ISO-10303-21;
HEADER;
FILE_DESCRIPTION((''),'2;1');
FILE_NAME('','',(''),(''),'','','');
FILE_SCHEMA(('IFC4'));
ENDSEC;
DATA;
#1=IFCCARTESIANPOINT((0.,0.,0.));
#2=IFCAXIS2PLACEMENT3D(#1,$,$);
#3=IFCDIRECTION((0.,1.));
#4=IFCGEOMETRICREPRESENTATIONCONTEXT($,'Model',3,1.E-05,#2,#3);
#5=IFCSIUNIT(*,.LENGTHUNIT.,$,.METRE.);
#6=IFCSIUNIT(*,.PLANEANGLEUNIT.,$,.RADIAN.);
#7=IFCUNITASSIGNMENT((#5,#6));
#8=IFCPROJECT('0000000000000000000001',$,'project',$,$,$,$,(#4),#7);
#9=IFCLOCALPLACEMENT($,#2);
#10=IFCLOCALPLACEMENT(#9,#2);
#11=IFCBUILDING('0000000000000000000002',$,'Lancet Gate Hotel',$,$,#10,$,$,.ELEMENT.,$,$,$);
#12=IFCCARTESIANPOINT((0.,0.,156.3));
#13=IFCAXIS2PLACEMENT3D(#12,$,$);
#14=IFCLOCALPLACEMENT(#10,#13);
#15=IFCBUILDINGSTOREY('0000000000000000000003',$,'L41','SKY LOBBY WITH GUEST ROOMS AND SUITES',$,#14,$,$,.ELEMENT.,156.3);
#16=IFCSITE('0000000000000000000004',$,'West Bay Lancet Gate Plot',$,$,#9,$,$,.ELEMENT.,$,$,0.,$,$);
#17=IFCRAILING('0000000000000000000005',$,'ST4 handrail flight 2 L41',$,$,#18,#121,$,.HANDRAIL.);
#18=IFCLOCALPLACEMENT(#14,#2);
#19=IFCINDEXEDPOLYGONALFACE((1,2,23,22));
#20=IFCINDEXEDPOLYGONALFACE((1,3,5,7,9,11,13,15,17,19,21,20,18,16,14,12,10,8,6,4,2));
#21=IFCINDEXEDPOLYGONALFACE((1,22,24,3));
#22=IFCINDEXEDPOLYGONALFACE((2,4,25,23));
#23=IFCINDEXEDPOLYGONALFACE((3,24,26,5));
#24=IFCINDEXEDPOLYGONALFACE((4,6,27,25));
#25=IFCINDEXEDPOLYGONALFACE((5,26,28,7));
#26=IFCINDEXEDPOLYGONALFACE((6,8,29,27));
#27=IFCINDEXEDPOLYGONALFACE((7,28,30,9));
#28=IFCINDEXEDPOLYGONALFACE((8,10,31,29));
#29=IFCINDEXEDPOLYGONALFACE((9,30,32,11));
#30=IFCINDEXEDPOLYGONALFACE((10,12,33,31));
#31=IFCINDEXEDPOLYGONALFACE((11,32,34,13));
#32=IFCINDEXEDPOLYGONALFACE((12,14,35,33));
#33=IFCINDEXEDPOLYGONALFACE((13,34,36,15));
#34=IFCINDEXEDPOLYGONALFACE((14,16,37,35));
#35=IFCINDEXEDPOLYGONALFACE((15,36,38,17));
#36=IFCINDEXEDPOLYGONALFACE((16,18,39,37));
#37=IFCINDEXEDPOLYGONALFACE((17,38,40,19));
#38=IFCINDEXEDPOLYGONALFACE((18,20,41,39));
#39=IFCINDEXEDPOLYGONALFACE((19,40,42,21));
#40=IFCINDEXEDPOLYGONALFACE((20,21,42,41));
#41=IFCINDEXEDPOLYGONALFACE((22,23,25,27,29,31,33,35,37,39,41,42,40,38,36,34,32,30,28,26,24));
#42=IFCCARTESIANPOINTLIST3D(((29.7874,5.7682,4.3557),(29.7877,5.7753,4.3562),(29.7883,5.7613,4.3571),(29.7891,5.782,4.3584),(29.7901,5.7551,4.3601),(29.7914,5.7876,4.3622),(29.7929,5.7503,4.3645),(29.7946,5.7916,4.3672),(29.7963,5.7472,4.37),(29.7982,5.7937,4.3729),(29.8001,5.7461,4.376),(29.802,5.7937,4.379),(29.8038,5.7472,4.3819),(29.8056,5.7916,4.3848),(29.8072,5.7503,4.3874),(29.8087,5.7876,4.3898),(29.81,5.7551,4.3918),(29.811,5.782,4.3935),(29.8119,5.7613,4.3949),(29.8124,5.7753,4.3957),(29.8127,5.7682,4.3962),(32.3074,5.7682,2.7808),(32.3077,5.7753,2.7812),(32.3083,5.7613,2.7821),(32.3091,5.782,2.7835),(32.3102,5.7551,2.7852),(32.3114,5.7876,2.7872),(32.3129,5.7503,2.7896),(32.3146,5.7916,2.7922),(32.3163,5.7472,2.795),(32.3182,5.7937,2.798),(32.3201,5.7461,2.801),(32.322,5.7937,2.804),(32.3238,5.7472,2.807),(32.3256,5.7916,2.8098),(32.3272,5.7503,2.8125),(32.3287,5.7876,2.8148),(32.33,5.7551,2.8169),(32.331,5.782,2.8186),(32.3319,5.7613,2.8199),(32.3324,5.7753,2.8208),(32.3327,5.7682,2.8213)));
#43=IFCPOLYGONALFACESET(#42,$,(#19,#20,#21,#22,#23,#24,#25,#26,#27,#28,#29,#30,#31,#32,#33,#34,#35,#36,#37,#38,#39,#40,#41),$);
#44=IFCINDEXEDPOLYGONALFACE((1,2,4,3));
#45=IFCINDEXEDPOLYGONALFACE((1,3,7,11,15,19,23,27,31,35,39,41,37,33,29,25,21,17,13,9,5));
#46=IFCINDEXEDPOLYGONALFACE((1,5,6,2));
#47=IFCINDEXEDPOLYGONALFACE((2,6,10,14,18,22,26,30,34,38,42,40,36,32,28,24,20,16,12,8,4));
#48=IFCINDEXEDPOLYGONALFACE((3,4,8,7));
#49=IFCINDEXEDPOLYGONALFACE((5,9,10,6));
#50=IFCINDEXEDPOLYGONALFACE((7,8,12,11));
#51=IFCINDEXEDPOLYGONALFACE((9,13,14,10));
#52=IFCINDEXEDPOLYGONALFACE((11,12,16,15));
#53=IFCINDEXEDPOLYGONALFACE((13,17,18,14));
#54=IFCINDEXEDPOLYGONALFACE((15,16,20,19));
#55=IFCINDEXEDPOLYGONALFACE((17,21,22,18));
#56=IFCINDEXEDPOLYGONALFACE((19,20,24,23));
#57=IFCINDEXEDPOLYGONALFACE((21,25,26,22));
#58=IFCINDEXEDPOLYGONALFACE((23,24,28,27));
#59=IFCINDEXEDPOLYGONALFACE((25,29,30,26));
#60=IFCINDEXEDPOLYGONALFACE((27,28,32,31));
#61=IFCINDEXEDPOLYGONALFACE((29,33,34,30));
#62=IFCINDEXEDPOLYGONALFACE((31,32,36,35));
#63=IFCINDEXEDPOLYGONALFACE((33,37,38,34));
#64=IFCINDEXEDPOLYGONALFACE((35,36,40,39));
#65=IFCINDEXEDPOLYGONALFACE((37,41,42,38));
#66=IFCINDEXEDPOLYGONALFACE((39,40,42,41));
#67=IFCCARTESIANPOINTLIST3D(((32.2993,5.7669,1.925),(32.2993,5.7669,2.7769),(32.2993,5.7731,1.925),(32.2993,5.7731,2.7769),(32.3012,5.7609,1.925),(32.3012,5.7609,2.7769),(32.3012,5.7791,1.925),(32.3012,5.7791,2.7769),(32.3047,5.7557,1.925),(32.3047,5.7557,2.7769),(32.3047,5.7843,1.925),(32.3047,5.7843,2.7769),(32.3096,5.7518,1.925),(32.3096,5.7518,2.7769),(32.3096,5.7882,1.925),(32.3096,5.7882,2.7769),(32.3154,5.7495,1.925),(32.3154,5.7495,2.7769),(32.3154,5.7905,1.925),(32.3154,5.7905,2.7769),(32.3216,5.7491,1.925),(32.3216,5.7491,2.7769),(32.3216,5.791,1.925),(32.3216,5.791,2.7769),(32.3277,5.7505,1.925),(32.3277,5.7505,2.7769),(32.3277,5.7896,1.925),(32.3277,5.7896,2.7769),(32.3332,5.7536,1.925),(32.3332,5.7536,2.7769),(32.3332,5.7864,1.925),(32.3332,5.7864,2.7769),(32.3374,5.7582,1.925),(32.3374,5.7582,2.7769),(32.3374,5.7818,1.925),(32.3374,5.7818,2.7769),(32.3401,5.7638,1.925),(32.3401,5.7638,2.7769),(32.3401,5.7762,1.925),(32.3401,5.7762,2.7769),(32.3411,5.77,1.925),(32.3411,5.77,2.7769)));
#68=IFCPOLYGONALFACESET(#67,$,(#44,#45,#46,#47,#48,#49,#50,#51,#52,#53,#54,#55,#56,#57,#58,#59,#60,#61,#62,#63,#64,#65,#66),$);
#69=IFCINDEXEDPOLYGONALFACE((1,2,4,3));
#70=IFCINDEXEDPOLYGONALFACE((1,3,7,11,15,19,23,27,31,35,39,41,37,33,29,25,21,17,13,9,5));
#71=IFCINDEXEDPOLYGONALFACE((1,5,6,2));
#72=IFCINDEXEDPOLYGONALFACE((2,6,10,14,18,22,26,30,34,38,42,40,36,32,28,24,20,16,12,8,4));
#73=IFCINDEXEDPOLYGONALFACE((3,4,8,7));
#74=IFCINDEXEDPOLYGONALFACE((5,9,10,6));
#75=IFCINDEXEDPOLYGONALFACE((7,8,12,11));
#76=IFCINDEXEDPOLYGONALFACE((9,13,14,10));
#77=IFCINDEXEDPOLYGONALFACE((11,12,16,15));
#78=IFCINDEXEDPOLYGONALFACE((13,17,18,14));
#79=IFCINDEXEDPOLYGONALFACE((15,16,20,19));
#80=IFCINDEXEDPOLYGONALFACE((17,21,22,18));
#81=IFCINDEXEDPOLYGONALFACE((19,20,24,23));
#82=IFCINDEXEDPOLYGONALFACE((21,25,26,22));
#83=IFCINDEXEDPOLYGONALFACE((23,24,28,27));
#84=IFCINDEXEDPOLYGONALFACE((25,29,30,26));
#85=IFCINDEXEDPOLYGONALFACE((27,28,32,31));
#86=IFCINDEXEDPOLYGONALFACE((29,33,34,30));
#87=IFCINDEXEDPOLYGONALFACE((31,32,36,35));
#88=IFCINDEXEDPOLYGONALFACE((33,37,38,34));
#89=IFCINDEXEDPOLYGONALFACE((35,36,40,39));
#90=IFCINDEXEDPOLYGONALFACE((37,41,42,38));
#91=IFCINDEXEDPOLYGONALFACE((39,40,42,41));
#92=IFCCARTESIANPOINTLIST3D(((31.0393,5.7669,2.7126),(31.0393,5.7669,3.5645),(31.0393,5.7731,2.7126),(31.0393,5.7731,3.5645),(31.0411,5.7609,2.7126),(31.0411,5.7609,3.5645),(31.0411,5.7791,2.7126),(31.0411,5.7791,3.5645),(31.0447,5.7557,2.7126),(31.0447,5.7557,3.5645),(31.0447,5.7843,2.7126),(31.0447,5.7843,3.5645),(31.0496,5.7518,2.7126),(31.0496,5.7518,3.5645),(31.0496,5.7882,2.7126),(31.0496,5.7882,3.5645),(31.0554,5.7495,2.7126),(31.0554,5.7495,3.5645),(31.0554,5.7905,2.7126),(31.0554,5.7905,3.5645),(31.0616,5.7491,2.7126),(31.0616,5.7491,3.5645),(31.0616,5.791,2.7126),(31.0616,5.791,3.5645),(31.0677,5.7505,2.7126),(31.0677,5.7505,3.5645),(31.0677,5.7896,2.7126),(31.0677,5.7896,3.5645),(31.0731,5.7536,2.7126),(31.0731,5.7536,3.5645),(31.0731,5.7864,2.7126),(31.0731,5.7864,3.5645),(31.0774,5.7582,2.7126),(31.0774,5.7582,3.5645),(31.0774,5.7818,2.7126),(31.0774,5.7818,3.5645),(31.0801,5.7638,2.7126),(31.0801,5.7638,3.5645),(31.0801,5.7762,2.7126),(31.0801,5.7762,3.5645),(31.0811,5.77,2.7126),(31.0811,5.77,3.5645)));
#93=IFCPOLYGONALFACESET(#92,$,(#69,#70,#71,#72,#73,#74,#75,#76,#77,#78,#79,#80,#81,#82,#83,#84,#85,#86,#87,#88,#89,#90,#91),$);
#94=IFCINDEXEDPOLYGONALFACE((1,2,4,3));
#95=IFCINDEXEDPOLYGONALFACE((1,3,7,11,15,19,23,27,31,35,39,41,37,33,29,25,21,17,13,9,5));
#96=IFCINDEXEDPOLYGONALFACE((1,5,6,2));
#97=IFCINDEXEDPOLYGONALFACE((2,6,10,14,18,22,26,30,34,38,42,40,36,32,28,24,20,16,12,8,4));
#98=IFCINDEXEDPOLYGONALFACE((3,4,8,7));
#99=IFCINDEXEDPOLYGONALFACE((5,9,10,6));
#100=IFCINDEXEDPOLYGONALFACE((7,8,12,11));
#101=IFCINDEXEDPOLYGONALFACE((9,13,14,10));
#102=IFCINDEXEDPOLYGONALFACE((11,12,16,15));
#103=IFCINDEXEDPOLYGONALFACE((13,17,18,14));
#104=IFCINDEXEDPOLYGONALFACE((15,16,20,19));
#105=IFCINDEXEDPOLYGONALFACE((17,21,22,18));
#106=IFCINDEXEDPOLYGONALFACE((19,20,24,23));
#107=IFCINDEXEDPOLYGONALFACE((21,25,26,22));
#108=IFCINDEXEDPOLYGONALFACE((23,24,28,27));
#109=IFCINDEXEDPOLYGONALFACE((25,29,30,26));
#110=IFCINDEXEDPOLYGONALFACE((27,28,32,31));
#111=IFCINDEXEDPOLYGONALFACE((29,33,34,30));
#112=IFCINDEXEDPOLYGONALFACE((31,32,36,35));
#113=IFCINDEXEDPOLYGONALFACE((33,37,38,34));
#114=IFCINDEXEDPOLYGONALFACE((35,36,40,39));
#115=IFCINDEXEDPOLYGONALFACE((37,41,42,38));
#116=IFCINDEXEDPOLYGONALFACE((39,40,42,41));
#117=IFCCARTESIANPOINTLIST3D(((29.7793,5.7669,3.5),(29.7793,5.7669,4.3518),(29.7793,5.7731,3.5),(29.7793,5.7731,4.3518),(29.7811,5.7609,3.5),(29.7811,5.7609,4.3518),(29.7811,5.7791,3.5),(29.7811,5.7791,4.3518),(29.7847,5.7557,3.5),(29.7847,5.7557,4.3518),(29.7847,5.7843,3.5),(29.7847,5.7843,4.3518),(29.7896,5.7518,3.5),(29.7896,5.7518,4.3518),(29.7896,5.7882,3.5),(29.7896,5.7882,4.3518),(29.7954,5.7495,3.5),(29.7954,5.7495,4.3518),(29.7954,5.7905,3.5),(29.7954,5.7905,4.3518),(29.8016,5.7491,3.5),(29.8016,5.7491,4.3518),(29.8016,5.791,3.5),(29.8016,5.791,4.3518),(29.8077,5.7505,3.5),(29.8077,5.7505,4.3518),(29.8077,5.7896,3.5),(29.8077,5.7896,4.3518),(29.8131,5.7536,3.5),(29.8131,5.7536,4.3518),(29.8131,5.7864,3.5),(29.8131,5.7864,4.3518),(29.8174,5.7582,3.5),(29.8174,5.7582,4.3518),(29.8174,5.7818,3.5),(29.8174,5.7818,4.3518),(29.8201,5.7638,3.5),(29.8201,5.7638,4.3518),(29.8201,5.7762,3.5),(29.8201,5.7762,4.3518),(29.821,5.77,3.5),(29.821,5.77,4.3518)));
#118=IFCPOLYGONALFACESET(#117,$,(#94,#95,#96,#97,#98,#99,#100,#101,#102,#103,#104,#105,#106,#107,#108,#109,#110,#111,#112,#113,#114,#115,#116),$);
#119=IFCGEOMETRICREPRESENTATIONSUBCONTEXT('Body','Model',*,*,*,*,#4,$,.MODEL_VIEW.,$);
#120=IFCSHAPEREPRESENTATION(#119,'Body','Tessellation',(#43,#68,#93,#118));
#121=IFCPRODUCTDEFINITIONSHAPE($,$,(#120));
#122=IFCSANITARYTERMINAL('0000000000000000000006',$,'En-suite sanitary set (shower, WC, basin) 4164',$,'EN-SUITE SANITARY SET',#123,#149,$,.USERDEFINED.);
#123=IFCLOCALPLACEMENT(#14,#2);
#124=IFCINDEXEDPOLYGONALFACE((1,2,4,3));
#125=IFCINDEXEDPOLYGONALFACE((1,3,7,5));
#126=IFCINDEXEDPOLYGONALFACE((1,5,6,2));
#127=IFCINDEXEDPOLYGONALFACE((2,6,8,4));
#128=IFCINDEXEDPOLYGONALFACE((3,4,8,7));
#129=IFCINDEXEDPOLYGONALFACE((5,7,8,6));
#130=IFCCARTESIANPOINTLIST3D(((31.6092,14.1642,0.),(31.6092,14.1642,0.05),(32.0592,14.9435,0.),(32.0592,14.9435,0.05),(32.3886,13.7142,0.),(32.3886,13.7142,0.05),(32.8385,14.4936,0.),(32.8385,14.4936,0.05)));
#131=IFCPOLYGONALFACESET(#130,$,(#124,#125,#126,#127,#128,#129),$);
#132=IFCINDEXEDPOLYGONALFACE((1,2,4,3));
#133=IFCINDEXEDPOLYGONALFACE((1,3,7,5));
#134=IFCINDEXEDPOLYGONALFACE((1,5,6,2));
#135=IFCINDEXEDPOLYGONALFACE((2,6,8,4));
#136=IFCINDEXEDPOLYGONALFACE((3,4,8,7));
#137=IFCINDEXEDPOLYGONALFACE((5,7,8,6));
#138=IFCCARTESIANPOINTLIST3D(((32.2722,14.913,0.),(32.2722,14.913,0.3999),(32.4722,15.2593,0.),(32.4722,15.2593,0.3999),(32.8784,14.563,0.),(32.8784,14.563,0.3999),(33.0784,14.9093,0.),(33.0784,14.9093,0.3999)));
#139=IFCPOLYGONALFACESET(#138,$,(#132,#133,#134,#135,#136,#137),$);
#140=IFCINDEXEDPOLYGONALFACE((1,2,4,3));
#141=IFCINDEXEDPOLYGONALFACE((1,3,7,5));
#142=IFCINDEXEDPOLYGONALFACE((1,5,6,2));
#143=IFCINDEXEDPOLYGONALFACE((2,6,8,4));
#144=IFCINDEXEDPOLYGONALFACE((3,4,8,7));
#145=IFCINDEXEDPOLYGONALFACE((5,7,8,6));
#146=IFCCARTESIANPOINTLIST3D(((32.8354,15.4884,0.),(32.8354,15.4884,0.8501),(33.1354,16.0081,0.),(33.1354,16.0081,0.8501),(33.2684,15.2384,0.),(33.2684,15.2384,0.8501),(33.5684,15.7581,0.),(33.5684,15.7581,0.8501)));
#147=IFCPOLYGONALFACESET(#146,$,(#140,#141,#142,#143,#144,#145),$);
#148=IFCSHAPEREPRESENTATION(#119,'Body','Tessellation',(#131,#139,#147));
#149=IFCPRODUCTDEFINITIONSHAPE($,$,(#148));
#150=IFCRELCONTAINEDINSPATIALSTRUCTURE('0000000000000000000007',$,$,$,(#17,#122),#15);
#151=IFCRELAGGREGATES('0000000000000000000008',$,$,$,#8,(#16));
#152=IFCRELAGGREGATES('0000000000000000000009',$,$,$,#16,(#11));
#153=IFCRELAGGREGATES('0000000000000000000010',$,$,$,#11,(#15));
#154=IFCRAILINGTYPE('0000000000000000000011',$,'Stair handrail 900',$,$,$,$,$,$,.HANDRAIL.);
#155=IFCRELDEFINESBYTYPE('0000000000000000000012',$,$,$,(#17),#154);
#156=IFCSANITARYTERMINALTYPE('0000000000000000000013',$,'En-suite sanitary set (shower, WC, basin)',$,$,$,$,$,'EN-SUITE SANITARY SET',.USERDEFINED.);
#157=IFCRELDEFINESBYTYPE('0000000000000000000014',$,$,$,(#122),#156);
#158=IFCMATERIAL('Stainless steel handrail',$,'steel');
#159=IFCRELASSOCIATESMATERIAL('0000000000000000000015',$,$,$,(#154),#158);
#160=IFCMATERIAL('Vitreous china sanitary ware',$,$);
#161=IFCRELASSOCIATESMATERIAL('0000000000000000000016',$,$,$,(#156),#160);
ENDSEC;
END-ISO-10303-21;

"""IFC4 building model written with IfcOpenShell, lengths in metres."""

from ifc_helpers import new_model, si_unit, direction, frame, origin, origin_2d, place, context, subcontext, project, spatial, rectangle, circle, extrude, material, type_object, element, save


model = new_model("IFC4")

# Units and contexts
model_context = context("Model", 3, precision=1e-05, world=origin(), true_north=direction((0.0, 1.0)))
body_context = subcontext(model_context, "Body", "Model", "MODEL_VIEW")
ifc_project = project(units=[si_unit("LENGTHUNIT", "METRE"), si_unit("PLANEANGLEUNIT", "RADIAN")], contexts=[model_context])

# Site, building, storey
site_placement = place(None, origin())
site = spatial("IfcSite", under=ifc_project, at=site_placement, Name="West Bay Lancet Gate Plot", CompositionType="ELEMENT", RefElevation=0.0)
building_placement = place(site_placement, origin())
building = spatial("IfcBuilding", under=site, at=building_placement, Name="Lancet Gate Hotel", CompositionType="ELEMENT")
storey_placement = place(building_placement, frame((0.0, 0.0, 156.3)))
storey = spatial("IfcBuildingStorey", under=building, at=storey_placement, Name="L41", Description="SKY LOBBY WITH GUEST ROOMS AND SUITES", CompositionType="ELEMENT", Elevation=156.3)

# Railing
ifc_material_1 = material(Name="Stainless steel handrail", Category="steel")
railing_type = type_object("IfcRailingType", Name="Stair handrail 900", PredefinedType="HANDRAIL", material=ifc_material_1)
railing_placement = place(storey_placement, frame((32.3201, 5.77, 1.925)))
element("IfcRailing", 1, at=railing_placement, inside=storey, type_object=railing_type, Name="ST4 handrail flight 2 L41", PredefinedType="HANDRAIL", context=body_context, shape_type="SweptSolid", body=[
    extrude(circle(Radius=0.0239, at=origin_2d()), frame((0.0, 0.0, 0.876), z_axis=(-0.848008, 0.0, 0.529984), x_axis=(0.0, -1.0, 0.0)), (0.0, 0.0, 1.0), 2.9717),
    extrude(circle(Radius=0.021, at=origin_2d()), origin(), (0.0, 0.0, 1.0), 0.8518),
    extrude(circle(Radius=0.021, at=origin_2d()), frame((-1.26, 0.0, 0.7876)), (0.0, 0.0, 1.0), 0.8518),
    extrude(circle(Radius=0.021, at=origin_2d()), frame((-2.52, 0.0, 1.575)), (0.0, 0.0, 1.0), 0.8518),
])

# Sanitary terminal
ifc_material_2 = material(Name="Vitreous china sanitary ware")
sanitary_terminal_type = type_object("IfcSanitaryTerminalType", Name="En-suite sanitary set (shower, WC, basin)", ElementType="EN-SUITE SANITARY SET", PredefinedType="USERDEFINED", material=ifc_material_2)
sanitary_terminal_placement = place(storey_placement, frame((32.2239, 14.3289, 0.0), z_axis=(0.0, 0.0, 1.0), x_axis=(1.0, 0.0, 0.0)))
element("IfcSanitaryTerminal", 2, at=sanitary_terminal_placement, inside=storey, type_object=sanitary_terminal_type, Name="En-suite sanitary set (shower, WC, basin) 4164", ObjectType="EN-SUITE SANITARY SET", PredefinedType="USERDEFINED", context=body_context, shape_type="SweptSolid", body=[
    extrude(rectangle(XDim=0.8999, YDim=0.8999, at=origin_2d()), frame((0.0, 0.0, 0.0), z_axis=(0.0, 0.0, 1.0), x_axis=(-0.5, -0.866025, 0.0)), (0.0, 0.0, 1.0), 0.05),
    extrude(rectangle(XDim=0.3999, YDim=0.7, at=origin_2d()), frame((0.4514, 0.5823, 0.0), z_axis=(0.0, 0.0, 1.0), x_axis=(-0.5, -0.866025, 0.0)), (0.0, 0.0, 1.0), 0.3999),
    extrude(rectangle(XDim=0.6001, YDim=0.5, at=origin_2d()), frame((0.978, 1.2944, 0.0), z_axis=(0.0, 0.0, 1.0), x_axis=(-0.5, -0.866025, 0.0)), (0.0, 0.0, 1.0), 0.8501),
])

save(model, "model.ifc")
